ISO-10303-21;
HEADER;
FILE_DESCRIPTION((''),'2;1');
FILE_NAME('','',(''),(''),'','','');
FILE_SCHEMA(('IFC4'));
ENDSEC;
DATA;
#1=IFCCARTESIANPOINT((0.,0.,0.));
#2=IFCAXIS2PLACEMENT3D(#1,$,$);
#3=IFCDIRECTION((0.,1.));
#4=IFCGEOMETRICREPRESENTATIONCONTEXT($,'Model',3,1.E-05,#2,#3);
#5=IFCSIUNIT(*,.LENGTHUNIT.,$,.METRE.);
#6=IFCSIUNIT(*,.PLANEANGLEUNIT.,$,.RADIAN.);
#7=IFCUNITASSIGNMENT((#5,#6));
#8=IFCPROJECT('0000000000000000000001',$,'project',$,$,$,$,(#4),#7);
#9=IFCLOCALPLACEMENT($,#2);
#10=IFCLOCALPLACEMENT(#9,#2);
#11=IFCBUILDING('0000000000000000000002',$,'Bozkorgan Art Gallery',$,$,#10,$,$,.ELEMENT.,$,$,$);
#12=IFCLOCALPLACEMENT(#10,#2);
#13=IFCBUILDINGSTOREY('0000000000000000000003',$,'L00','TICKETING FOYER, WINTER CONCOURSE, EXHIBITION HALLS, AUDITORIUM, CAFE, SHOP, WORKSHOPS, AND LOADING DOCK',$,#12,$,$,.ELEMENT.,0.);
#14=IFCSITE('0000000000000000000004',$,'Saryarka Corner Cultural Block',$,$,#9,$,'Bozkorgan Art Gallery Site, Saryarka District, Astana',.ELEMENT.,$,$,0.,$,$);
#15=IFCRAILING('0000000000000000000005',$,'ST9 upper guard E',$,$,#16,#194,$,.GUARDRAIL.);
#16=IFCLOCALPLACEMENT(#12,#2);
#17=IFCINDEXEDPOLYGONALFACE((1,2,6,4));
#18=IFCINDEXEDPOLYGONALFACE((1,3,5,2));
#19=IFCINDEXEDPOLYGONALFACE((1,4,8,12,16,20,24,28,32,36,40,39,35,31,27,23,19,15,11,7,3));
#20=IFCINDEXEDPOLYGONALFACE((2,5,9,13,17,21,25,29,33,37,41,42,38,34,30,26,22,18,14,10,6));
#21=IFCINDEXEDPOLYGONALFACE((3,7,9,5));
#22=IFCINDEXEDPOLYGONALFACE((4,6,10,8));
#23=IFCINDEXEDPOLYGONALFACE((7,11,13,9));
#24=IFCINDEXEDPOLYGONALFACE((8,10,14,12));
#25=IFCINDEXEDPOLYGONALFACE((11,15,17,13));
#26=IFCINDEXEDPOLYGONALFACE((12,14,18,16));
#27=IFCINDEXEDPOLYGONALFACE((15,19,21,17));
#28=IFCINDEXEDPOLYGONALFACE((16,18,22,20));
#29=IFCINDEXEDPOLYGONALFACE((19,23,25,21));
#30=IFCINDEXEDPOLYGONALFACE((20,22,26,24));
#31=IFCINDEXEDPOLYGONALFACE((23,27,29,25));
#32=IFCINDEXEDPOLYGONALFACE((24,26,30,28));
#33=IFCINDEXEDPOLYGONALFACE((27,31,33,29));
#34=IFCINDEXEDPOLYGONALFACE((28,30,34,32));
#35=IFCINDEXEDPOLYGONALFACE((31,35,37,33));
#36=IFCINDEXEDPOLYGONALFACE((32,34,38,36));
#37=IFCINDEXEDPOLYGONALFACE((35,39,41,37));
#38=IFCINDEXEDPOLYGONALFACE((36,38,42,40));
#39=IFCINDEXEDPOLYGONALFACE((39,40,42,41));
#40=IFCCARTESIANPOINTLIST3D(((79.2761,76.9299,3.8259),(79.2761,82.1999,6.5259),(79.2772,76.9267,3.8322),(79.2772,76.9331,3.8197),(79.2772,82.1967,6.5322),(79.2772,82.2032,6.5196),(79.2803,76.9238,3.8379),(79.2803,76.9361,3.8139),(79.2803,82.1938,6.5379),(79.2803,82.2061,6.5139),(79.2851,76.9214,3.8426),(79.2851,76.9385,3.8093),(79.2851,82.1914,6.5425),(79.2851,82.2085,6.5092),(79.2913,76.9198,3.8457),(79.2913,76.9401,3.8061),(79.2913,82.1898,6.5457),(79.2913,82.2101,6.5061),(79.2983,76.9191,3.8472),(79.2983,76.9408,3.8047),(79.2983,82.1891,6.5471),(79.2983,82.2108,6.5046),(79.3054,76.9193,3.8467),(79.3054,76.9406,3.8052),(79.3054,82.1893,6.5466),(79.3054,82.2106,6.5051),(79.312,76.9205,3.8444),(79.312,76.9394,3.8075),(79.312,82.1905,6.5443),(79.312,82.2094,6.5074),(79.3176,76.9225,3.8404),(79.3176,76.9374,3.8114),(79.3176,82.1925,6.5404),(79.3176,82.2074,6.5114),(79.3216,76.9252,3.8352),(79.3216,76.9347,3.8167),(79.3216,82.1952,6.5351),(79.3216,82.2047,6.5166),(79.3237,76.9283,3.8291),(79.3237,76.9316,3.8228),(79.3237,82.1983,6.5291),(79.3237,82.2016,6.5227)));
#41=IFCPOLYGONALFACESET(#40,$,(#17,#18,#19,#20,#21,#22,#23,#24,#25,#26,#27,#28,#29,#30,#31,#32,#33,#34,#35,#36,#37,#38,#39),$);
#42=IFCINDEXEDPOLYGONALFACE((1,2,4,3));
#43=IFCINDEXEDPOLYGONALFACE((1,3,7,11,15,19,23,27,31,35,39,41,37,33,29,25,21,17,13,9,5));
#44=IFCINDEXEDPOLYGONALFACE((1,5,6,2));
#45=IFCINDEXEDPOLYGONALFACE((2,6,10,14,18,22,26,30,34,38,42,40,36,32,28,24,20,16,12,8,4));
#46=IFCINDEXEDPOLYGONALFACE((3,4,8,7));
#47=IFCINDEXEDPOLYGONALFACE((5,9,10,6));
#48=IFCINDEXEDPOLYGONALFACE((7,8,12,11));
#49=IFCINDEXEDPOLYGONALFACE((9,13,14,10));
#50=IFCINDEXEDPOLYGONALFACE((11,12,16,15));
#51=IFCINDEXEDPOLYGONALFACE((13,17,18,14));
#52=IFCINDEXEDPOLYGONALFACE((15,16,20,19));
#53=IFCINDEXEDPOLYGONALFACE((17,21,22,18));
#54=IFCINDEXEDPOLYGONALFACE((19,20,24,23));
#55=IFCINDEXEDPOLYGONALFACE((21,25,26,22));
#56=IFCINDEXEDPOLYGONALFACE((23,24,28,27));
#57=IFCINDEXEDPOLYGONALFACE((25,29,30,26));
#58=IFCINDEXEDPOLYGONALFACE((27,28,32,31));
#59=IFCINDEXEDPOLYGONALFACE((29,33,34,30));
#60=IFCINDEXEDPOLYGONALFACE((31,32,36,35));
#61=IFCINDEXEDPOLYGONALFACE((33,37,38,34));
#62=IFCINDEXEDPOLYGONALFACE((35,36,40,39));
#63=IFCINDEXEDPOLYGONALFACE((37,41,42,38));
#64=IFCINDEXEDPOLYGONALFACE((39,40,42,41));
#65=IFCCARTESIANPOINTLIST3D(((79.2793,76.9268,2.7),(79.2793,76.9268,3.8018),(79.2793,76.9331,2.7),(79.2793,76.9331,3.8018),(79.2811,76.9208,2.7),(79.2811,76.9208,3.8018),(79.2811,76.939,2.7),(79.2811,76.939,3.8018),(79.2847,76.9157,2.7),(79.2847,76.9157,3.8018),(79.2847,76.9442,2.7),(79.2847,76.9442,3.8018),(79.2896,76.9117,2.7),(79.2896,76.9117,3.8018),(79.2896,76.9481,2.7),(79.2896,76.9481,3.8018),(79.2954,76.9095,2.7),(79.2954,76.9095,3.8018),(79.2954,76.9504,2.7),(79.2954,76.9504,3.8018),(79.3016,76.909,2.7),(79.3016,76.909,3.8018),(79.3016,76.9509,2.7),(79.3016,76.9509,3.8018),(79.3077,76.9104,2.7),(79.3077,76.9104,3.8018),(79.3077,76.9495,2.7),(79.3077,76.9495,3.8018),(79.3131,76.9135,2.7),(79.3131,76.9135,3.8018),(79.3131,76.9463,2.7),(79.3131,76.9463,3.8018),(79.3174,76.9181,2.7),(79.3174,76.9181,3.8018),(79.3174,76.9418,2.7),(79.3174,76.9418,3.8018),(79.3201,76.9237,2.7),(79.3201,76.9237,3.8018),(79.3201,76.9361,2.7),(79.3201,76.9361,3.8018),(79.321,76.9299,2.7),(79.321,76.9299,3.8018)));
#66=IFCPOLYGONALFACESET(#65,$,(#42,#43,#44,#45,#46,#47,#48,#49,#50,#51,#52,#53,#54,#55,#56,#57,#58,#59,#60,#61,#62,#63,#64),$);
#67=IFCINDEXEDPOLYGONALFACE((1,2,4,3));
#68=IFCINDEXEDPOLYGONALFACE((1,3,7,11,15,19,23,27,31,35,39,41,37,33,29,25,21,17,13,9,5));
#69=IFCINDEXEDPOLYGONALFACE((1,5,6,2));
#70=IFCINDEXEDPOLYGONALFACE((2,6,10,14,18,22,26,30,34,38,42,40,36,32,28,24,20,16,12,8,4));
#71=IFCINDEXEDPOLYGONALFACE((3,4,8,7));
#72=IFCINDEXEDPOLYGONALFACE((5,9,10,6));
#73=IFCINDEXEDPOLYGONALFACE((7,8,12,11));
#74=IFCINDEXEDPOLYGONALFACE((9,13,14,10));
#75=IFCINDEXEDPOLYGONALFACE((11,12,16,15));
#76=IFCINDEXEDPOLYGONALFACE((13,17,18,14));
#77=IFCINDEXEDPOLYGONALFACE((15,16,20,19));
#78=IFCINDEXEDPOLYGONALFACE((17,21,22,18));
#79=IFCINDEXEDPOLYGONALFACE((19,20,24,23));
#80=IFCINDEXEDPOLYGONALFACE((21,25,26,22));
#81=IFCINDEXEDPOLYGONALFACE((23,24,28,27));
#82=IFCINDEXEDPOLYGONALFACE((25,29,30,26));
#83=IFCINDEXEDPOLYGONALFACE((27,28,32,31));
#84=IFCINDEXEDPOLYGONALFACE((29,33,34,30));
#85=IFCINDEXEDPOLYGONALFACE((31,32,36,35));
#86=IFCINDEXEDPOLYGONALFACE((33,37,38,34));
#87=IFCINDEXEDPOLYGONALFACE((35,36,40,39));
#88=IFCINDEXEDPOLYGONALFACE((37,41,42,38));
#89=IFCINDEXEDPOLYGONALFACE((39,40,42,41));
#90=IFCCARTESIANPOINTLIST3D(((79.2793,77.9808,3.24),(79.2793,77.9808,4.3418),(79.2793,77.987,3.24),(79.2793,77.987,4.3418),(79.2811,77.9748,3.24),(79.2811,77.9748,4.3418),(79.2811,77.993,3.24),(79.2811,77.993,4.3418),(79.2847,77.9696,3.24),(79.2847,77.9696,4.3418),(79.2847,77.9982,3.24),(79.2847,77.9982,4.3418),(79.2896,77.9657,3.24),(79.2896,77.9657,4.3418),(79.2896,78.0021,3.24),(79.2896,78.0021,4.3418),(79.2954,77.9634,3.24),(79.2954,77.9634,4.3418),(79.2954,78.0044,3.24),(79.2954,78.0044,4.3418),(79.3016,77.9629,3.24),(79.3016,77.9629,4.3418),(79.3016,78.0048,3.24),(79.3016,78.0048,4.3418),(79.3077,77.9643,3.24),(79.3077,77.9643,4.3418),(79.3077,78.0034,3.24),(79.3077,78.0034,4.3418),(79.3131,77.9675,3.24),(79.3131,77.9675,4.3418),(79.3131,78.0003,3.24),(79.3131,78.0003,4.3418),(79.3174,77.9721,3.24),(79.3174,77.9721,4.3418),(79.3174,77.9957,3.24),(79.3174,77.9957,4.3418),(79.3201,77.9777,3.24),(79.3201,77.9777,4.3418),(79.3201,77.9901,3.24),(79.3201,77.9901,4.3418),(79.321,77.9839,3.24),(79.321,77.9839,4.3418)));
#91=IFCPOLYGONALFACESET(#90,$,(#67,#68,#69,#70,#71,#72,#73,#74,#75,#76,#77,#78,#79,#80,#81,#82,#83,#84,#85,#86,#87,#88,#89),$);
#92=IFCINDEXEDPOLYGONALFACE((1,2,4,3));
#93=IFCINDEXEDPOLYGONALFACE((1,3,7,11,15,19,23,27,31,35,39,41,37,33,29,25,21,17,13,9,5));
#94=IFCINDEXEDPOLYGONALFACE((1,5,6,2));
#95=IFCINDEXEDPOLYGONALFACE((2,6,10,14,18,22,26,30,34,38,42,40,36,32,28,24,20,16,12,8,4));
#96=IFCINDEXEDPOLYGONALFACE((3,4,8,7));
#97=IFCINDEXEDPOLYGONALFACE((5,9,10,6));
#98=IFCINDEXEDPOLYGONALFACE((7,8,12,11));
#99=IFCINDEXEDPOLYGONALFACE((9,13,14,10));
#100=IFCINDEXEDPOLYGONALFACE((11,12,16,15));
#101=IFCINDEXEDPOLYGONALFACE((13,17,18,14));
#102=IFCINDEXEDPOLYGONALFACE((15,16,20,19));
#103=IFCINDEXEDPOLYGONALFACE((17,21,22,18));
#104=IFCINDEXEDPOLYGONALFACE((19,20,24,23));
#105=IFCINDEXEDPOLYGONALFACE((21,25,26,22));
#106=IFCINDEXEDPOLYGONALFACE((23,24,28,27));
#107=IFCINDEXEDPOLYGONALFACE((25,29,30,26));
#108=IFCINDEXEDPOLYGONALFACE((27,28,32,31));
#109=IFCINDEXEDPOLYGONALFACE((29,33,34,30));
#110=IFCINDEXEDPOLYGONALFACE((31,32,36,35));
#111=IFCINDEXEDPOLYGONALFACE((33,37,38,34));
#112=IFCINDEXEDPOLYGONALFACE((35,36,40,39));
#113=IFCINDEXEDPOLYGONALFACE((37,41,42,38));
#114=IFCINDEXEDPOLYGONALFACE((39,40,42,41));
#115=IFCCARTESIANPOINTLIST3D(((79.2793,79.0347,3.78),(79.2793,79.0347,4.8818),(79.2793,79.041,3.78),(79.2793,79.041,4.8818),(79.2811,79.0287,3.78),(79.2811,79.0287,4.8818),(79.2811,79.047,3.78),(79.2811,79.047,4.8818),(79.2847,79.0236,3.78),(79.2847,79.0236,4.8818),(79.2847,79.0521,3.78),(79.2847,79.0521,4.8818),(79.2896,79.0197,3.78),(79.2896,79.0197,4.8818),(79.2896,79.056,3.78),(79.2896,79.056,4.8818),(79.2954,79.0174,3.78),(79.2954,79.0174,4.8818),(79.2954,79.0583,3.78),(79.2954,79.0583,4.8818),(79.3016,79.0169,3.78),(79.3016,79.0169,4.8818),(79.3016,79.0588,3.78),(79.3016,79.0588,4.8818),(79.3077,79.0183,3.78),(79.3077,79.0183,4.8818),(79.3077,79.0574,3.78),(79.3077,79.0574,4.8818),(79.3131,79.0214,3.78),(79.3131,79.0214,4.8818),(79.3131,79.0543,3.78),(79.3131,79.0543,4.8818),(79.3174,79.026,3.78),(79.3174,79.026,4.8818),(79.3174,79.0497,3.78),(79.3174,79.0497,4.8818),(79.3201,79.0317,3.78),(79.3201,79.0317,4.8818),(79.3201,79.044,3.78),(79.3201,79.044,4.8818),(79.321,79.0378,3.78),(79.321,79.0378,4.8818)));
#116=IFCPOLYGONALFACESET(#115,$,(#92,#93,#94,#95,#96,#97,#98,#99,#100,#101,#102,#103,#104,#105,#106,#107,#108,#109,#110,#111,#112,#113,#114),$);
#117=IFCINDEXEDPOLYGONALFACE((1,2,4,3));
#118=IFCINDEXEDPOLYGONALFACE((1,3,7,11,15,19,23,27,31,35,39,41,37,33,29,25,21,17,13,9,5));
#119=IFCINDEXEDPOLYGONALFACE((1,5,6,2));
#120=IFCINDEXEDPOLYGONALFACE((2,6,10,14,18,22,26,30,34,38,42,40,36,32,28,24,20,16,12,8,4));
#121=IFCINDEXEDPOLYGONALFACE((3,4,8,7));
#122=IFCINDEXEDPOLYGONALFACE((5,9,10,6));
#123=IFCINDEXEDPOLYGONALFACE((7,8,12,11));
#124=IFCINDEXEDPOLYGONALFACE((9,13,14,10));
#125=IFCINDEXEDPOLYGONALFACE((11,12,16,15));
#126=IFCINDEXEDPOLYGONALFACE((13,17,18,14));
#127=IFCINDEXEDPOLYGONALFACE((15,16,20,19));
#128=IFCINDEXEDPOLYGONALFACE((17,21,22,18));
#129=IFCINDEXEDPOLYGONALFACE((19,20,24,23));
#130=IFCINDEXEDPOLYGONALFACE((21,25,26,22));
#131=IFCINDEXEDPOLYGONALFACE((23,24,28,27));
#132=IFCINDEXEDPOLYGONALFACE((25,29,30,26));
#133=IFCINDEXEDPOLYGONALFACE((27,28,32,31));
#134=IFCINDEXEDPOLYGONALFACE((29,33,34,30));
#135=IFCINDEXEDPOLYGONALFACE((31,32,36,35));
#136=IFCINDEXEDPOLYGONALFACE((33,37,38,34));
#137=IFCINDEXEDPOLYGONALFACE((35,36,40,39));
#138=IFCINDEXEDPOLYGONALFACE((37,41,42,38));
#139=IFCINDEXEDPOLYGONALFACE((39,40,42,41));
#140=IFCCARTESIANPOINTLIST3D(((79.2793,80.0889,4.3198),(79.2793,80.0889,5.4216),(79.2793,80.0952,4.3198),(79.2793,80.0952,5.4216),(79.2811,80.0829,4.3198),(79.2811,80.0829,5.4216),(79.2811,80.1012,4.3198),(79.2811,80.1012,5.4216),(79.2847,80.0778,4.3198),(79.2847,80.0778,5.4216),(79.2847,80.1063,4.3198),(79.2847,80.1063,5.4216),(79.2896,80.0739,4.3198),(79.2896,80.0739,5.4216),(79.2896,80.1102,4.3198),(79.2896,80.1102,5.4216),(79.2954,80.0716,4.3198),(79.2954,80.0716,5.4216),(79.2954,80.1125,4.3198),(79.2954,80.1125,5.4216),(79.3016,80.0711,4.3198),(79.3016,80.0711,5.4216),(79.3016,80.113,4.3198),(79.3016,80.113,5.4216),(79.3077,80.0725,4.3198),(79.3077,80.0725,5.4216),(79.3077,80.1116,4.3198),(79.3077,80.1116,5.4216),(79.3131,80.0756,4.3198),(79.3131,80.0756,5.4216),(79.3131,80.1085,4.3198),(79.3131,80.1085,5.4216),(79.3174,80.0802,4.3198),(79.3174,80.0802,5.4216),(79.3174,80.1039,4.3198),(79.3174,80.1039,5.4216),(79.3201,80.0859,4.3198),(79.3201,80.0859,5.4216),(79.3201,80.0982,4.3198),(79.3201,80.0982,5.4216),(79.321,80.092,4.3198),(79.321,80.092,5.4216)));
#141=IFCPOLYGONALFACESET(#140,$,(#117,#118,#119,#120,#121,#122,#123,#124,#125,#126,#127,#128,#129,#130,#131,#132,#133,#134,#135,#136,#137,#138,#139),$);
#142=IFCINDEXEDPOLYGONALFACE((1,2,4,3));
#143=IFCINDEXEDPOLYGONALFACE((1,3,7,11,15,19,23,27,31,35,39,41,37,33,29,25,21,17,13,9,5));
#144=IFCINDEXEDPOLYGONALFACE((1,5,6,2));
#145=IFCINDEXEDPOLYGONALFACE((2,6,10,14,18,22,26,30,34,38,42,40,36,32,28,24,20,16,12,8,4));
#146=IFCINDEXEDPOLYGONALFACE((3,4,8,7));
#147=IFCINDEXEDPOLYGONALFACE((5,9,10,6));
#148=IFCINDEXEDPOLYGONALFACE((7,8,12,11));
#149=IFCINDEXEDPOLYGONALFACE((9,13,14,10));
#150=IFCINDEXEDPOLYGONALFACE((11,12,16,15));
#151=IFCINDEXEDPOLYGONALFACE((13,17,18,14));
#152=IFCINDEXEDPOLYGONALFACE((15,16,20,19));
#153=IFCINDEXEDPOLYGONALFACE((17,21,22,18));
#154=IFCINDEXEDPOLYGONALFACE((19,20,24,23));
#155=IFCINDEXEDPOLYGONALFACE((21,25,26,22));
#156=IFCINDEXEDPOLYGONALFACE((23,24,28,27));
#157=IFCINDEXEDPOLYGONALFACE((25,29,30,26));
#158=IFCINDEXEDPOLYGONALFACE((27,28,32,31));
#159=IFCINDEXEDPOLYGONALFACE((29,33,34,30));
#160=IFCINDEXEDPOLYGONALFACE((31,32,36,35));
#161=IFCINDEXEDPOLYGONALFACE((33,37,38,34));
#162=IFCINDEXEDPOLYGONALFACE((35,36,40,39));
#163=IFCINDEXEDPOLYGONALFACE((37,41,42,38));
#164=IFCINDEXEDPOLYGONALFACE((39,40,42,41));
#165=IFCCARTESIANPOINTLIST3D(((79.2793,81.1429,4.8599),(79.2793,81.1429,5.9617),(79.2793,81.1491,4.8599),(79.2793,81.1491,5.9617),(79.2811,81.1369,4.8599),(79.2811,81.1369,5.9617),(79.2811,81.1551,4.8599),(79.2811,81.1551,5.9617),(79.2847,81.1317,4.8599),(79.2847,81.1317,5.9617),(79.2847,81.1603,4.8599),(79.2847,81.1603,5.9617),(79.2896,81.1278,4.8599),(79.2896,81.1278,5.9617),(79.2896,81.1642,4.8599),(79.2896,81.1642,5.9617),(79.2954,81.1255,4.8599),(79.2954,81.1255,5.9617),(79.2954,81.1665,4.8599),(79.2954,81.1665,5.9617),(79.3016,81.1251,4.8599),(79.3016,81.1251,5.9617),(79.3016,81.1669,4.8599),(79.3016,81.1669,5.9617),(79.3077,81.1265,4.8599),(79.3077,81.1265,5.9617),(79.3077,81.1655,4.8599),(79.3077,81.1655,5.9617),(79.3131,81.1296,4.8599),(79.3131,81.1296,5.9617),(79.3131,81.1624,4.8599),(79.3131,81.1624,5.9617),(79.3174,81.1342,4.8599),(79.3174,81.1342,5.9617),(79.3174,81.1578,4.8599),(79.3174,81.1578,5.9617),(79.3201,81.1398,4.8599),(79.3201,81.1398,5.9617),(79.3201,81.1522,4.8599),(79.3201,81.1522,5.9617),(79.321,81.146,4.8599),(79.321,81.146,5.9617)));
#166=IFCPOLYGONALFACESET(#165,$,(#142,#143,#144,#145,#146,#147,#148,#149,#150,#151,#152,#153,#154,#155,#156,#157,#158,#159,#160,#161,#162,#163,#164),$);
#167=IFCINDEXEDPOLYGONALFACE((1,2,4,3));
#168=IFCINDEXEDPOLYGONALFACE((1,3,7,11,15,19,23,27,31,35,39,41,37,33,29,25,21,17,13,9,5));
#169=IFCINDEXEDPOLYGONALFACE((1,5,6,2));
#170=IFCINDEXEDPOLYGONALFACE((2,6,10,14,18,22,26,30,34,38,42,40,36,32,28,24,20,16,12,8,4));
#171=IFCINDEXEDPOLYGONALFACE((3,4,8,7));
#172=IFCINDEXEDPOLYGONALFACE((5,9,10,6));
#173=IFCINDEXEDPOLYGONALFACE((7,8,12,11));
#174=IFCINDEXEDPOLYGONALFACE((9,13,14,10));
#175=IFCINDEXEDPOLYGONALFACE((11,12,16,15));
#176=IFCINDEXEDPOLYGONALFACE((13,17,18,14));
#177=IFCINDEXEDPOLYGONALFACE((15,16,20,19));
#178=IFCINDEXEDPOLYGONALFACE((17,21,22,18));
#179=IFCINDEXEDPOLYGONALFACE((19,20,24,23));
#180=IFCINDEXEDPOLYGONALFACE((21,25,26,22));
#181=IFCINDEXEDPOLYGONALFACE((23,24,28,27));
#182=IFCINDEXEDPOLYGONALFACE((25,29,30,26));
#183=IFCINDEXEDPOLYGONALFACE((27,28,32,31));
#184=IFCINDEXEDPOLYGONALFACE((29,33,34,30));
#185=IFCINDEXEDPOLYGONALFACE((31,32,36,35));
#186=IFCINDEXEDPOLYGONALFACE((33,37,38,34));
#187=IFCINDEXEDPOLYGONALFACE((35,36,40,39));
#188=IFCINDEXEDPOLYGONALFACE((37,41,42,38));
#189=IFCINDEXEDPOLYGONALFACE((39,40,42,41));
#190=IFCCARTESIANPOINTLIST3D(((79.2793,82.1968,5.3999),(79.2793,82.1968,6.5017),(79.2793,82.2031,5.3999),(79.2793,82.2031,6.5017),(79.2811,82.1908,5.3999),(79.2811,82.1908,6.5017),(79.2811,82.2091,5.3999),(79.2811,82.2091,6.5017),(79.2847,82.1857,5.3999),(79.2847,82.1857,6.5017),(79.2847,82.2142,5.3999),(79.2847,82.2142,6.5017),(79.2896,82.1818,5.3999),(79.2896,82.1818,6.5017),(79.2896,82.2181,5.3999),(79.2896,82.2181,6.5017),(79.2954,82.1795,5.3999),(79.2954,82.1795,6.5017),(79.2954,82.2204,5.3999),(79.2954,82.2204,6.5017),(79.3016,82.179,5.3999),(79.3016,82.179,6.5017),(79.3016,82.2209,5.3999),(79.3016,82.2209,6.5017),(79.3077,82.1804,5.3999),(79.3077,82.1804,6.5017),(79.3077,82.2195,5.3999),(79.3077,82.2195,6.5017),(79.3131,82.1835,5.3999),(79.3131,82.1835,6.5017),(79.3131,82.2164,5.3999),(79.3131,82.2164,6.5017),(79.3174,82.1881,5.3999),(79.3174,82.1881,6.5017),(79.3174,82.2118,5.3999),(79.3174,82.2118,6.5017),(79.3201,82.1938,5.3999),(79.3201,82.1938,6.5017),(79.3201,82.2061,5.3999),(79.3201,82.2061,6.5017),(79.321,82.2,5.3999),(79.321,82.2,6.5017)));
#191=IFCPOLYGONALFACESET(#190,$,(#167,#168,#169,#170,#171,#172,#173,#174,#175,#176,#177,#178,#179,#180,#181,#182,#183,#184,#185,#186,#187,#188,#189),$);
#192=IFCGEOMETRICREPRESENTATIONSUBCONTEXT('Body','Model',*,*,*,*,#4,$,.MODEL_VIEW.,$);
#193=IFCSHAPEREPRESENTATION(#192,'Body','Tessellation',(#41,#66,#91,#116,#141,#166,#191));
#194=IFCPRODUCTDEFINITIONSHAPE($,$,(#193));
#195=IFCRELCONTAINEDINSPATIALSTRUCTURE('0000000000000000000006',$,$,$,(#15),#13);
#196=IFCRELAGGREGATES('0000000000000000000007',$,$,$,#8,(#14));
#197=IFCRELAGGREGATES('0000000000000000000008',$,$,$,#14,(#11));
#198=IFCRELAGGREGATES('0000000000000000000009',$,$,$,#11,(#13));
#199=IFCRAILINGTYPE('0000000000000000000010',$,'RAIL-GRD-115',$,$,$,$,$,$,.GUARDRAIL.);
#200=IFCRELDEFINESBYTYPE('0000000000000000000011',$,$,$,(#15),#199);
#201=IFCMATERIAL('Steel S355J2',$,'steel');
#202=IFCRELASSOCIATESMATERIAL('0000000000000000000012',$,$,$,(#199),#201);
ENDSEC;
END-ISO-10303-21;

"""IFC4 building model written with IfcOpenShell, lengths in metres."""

from ifc_helpers import new_model, si_unit, direction, frame, origin, origin_2d, place, context, subcontext, project, spatial, circle, extrude, material, type_object, element, save


model = new_model("IFC4")

# Units and contexts
model_context = context("Model", 3, precision=1e-05, world=origin(), true_north=direction((0.0, 1.0)))
body_context = subcontext(model_context, "Body", "Model", "MODEL_VIEW")
ifc_project = project(units=[si_unit("LENGTHUNIT", "METRE"), si_unit("PLANEANGLEUNIT", "RADIAN")], contexts=[model_context])

# Site, building, storey
site_placement = place(None, origin())
site = spatial("IfcSite", under=ifc_project, at=site_placement, Name="Saryarka Corner Cultural Block", LongName="Bozkorgan Art Gallery Site, Saryarka District, Astana", CompositionType="ELEMENT", RefElevation=0.0)
building_placement = place(site_placement, origin())
building = spatial("IfcBuilding", under=site, at=building_placement, Name="Bozkorgan Art Gallery", CompositionType="ELEMENT")
storey_placement = place(building_placement, origin())
storey = spatial("IfcBuildingStorey", under=building, at=storey_placement, Name="L00", Description="TICKETING FOYER, WINTER CONCOURSE, EXHIBITION HALLS, AUDITORIUM, CAFE, SHOP, WORKSHOPS, AND LOADING DOCK", CompositionType="ELEMENT", Elevation=0.0)

# Shared definitions
ifc_material_1 = material(Name="Steel S355J2", Category="steel")

# Railing
railing_type = type_object("IfcRailingType", Name="RAIL-GRD-115", PredefinedType="GUARDRAIL", material=ifc_material_1)
for number, where, name in (
    (1, (79.3, 76.9299, 2.7), "ST9 upper guard E"),
):
    element("IfcRailing", number, at=place(storey_placement, frame(where)), inside=storey, type_object=railing_type, Name=name, PredefinedType="GUARDRAIL", context=body_context, shape_type="SweptSolid", body=[
        extrude(circle(Radius=0.0239, at=origin_2d()), frame((0.0, 0.0, 1.126), z_axis=(0.0, 0.889997, 0.455966), x_axis=(-1.0, 0.0, 0.0)), (0.0, 0.0, 1.0), 5.9214),
        extrude(circle(Radius=0.021, at=origin_2d()), origin(), (0.0, 0.0, 1.0), 1.1018),
        extrude(circle(Radius=0.021, at=origin_2d()), frame((0.0, 1.054, 0.54)), (0.0, 0.0, 1.0), 1.1018),
        extrude(circle(Radius=0.021, at=origin_2d()), frame((0.0, 2.1079, 1.0801)), (0.0, 0.0, 1.0), 1.1018),
        extrude(circle(Radius=0.021, at=origin_2d()), frame((0.0, 3.1621, 1.6199)), (0.0, 0.0, 1.0), 1.1018),
        extrude(circle(Radius=0.021, at=origin_2d()), frame((0.0, 4.2161, 2.1599)), (0.0, 0.0, 1.0), 1.1018),
        extrude(circle(Radius=0.021, at=origin_2d()), frame((0.0, 5.27, 2.7)), (0.0, 0.0, 1.0), 1.1018),
    ])

save(model, "model.ifc")
